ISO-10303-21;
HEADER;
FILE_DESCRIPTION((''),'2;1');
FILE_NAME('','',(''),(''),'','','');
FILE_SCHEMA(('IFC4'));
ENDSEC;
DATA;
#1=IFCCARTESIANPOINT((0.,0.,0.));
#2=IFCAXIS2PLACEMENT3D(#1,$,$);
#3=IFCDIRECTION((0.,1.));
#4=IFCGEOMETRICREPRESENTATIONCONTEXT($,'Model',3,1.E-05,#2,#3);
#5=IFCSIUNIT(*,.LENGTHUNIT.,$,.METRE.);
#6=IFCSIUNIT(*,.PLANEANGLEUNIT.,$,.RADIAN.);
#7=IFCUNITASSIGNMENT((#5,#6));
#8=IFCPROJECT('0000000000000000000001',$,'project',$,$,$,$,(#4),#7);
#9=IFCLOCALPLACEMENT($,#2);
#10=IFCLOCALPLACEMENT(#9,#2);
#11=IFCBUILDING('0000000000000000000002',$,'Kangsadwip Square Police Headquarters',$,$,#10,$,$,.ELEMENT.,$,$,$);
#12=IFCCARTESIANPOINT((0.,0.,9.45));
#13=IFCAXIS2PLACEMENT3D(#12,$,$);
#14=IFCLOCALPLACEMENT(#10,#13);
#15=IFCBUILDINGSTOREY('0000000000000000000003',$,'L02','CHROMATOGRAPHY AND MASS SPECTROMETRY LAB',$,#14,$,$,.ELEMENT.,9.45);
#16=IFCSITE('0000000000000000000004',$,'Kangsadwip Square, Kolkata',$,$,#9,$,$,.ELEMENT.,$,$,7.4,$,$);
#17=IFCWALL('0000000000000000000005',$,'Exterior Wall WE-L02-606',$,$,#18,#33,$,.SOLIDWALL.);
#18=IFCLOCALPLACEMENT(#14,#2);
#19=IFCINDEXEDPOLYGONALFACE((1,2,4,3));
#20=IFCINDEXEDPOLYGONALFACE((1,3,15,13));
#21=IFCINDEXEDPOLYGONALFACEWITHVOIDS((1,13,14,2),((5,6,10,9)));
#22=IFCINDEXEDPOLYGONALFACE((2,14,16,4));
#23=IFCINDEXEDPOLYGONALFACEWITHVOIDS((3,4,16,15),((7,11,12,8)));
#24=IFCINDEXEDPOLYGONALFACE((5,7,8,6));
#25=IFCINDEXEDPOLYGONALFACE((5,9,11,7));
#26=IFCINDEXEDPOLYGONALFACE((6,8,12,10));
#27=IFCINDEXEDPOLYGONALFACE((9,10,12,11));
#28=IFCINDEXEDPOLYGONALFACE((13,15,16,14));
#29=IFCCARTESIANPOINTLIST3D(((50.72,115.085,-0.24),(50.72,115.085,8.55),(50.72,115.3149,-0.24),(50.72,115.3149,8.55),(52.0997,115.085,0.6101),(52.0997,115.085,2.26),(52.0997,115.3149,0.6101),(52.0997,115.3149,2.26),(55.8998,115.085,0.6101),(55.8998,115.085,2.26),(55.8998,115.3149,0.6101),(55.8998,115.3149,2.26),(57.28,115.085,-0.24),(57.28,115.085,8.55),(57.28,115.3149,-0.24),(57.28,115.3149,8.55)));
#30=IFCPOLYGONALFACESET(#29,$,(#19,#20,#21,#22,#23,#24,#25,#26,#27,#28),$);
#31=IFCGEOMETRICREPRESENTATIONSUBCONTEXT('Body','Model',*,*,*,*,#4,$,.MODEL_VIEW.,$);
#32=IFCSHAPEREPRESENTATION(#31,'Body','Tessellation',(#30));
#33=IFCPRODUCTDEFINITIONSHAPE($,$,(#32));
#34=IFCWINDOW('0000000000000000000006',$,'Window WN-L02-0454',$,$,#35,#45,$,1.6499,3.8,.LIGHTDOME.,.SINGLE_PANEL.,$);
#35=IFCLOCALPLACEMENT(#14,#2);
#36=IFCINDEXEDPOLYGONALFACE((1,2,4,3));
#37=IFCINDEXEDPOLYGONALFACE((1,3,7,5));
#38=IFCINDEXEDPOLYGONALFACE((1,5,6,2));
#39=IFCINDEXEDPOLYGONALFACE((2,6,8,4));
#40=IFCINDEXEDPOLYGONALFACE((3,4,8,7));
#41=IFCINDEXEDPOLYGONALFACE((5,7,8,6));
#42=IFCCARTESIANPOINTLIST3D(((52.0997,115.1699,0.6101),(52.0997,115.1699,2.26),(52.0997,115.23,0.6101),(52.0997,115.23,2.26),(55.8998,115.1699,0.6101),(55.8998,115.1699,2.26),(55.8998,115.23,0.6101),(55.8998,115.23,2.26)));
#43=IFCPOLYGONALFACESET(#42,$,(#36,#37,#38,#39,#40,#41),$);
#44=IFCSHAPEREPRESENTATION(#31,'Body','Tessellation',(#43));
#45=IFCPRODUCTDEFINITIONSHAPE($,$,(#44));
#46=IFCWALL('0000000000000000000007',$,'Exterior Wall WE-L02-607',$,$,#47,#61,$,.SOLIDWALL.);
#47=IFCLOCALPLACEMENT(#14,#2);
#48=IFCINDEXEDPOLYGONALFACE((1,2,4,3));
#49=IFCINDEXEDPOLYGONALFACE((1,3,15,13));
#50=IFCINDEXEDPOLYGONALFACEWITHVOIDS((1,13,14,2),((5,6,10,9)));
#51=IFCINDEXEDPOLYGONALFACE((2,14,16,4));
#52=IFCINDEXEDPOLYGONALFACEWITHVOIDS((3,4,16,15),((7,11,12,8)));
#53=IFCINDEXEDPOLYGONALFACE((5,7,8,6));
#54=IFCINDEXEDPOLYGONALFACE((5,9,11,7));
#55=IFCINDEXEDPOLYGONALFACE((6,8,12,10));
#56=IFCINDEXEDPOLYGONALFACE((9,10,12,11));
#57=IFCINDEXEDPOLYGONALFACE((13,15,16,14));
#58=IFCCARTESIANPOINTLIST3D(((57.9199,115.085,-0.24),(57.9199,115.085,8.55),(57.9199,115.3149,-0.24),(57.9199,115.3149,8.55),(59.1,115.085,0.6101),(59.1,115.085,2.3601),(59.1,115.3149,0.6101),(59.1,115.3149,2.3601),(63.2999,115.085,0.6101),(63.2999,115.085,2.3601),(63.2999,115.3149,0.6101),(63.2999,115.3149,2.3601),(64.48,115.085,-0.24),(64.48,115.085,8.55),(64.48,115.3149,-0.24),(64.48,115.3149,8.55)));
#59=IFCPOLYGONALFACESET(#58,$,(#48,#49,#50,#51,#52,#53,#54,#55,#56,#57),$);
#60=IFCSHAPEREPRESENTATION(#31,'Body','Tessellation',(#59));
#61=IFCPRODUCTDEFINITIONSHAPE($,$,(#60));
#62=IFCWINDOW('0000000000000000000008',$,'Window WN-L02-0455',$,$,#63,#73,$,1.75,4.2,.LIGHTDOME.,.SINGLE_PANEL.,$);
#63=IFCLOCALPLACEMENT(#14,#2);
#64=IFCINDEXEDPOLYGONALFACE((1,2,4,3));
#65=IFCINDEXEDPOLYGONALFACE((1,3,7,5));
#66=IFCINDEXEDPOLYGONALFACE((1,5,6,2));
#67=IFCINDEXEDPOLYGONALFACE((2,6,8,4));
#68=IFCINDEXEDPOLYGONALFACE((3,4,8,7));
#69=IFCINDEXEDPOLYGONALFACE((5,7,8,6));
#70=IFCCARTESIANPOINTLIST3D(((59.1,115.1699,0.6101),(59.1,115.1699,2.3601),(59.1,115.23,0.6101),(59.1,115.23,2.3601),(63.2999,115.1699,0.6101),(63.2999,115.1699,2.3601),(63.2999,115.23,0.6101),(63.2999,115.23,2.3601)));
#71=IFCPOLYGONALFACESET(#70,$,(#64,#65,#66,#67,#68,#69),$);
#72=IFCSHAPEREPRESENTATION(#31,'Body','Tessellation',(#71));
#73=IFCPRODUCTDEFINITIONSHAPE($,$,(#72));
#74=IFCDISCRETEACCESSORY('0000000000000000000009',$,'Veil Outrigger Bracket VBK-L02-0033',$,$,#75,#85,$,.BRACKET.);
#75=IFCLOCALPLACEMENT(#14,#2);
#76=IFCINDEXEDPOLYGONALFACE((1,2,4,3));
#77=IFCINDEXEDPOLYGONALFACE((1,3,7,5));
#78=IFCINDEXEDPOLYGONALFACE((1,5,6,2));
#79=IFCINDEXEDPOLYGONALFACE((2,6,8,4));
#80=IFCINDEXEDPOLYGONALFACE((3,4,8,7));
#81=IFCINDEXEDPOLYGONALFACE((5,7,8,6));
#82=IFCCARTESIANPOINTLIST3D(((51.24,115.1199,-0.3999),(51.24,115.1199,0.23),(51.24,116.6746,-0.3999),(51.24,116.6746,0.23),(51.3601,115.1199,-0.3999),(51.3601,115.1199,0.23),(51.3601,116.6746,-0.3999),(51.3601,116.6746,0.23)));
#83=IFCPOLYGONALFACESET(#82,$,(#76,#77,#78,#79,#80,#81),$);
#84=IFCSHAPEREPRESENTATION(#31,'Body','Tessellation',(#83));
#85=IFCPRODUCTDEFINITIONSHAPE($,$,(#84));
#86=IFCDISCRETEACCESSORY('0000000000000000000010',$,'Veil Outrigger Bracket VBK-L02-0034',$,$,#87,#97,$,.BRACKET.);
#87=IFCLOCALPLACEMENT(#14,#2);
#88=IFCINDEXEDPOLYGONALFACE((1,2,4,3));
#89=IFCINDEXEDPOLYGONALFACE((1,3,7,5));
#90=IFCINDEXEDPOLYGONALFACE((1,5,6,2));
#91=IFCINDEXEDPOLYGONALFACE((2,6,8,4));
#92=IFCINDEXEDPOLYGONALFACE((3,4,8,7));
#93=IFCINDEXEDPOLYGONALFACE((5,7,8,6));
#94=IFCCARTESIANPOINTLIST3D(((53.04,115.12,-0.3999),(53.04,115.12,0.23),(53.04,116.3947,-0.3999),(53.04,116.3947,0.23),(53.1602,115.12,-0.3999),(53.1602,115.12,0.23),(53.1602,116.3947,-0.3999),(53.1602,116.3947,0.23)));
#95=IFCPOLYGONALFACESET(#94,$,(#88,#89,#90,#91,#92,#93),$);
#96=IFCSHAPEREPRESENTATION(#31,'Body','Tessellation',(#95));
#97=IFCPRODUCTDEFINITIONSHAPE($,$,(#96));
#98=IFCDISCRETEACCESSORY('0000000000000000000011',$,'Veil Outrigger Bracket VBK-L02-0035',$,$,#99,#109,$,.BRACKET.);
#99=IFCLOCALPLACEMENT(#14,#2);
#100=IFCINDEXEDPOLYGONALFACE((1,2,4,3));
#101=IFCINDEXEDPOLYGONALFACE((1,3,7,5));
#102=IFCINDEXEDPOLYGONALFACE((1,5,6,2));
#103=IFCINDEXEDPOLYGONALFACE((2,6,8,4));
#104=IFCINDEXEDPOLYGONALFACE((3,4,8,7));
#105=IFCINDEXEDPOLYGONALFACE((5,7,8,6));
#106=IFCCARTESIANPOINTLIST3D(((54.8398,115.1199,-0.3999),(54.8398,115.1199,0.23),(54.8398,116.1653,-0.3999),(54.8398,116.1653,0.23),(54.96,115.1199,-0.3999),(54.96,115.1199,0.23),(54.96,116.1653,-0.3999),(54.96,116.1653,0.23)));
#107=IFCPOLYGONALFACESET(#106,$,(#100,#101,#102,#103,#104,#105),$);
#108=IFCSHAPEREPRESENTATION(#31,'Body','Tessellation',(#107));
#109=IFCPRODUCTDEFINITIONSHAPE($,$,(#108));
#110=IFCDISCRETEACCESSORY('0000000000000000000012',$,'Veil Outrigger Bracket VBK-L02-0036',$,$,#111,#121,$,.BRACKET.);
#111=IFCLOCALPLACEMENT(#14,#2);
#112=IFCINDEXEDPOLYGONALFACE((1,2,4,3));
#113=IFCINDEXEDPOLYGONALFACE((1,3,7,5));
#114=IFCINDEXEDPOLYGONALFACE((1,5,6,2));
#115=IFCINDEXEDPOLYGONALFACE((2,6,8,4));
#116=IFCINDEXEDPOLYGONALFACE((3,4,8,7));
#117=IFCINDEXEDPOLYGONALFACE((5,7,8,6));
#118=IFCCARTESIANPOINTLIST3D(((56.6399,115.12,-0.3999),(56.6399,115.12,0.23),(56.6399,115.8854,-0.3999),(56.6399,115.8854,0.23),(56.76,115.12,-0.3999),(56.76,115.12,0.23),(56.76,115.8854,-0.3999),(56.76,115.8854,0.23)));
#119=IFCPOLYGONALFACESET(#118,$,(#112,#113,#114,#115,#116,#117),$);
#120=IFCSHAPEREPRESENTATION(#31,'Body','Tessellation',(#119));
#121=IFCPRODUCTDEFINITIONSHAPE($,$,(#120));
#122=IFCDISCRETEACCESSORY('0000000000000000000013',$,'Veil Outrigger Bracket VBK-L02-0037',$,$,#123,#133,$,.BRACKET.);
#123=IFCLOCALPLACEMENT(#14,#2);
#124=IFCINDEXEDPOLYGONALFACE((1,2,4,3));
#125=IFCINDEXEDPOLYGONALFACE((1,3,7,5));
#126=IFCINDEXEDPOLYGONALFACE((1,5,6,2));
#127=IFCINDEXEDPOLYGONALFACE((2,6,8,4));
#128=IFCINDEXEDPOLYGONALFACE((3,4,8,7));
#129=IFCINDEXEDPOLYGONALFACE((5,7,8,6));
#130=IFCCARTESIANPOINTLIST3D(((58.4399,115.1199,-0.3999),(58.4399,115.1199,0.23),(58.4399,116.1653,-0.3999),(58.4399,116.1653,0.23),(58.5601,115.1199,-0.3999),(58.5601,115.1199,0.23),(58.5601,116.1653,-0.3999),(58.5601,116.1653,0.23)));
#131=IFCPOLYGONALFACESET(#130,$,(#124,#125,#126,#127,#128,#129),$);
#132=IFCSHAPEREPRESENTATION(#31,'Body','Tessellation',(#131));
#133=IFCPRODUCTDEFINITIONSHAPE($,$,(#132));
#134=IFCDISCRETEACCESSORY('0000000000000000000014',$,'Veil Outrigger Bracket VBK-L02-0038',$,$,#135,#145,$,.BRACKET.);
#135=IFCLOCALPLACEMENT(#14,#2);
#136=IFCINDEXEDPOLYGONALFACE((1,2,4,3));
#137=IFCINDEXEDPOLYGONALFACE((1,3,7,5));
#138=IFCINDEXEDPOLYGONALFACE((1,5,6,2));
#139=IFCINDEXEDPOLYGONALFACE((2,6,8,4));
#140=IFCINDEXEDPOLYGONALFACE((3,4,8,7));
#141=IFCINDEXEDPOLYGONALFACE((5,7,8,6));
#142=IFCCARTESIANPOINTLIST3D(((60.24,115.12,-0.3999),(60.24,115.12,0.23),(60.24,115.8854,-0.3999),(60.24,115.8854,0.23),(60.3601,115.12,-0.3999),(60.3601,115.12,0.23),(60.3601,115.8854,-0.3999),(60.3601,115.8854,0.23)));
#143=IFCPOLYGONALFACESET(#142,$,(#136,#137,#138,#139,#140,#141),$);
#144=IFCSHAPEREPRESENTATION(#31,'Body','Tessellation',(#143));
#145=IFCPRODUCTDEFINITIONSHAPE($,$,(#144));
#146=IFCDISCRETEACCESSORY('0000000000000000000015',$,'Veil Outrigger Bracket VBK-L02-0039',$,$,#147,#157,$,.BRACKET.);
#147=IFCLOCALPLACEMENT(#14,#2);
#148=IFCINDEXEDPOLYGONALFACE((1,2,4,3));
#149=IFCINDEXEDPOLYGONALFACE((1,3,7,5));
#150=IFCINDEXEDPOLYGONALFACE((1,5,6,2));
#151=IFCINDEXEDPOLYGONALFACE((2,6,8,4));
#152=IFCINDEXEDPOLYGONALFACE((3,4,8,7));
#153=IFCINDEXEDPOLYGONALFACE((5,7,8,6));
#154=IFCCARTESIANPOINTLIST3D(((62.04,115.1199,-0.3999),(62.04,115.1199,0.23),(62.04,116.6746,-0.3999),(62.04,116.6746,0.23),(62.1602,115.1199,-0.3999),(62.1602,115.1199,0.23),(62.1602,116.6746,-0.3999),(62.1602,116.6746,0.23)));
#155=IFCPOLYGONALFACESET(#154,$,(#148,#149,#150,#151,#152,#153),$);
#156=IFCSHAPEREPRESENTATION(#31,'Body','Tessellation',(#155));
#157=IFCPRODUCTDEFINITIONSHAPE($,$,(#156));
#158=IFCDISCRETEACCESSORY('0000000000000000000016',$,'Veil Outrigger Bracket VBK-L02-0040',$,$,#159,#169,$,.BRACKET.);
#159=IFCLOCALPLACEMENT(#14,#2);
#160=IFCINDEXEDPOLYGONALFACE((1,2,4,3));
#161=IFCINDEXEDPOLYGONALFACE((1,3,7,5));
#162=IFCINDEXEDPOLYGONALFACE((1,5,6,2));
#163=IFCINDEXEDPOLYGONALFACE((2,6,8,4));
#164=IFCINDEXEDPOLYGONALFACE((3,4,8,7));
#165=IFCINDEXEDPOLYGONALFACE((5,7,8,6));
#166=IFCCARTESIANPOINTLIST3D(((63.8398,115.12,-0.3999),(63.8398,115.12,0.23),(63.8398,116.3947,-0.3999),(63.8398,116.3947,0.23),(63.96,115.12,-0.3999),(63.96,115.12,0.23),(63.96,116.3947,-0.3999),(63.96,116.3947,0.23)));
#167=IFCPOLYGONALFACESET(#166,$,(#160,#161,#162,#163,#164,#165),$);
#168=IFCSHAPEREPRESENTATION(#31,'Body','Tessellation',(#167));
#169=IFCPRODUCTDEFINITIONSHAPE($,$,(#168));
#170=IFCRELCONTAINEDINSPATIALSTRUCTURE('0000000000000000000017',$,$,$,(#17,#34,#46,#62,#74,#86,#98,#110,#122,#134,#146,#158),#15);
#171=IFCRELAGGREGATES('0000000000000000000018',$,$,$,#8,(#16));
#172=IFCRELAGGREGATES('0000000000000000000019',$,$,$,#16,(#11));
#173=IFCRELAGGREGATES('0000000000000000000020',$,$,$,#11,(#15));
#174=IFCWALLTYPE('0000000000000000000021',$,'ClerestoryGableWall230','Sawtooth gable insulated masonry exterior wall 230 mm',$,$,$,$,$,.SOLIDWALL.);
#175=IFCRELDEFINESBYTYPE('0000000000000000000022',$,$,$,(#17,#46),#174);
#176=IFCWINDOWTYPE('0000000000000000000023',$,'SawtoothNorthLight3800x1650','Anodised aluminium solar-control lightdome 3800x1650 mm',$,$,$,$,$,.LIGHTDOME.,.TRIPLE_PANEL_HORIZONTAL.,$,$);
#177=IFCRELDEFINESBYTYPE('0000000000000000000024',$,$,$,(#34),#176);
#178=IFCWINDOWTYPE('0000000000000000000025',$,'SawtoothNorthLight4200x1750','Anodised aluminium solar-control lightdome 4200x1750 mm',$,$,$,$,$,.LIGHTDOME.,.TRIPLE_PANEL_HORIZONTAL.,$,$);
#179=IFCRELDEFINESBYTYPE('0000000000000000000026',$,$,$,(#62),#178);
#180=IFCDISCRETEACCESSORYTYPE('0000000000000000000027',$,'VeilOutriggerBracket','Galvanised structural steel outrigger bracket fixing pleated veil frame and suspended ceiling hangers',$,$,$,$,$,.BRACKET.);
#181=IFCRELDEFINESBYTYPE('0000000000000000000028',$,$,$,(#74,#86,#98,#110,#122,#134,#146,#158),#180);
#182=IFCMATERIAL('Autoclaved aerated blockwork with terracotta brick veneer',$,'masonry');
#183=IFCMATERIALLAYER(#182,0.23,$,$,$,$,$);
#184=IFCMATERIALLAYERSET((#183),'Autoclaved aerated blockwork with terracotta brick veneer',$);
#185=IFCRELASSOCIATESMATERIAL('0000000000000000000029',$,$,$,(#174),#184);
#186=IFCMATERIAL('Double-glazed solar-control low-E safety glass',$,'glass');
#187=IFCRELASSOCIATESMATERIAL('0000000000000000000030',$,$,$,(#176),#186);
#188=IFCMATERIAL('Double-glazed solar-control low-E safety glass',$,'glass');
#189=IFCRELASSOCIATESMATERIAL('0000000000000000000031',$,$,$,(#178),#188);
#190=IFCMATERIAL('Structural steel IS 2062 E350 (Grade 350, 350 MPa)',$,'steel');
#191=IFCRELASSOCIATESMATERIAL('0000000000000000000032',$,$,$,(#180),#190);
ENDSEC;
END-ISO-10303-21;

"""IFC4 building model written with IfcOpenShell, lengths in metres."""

from ifc_helpers import new_model, si_unit, direction, frame, frame_2d, origin, origin_2d, place, context, subcontext, project, spatial, rectangle, extrude, material, layer, layer_set, type_object, element, fill, save


model = new_model("IFC4")

# Units and contexts
model_context = context("Model", 3, precision=1e-05, world=origin(), true_north=direction((0.0, 1.0)))
body_context = subcontext(model_context, "Body", "Model", "MODEL_VIEW")
ifc_project = project(units=[si_unit("LENGTHUNIT", "METRE"), si_unit("PLANEANGLEUNIT", "RADIAN")], contexts=[model_context])

# Site, building, storey
site_placement = place(None, origin())
site = spatial("IfcSite", under=ifc_project, at=site_placement, Name="Kangsadwip Square, Kolkata", CompositionType="ELEMENT", RefElevation=7.4)
building_placement = place(site_placement, origin())
building = spatial("IfcBuilding", under=site, at=building_placement, Name="Kangsadwip Square Police Headquarters", CompositionType="ELEMENT")
storey_placement = place(building_placement, frame((0.0, 0.0, 9.45)))
storey = spatial("IfcBuildingStorey", under=building, at=storey_placement, Name="L02", Description="CHROMATOGRAPHY AND MASS SPECTROMETRY LAB", CompositionType="ELEMENT", Elevation=9.45)

# Walls, openings, windows
ifc_material_1 = material(Name="Autoclaved aerated blockwork with terracotta brick veneer", Category="masonry")
ifc_layer_1 = layer(ifc_material_1, 0.23)
ifc_layer_set_1 = layer_set([ifc_layer_1], Name="Autoclaved aerated blockwork with terracotta brick veneer")
wall_type = type_object("IfcWallType", Name="ClerestoryGableWall230", Description="Sawtooth gable insulated masonry exterior wall 230 mm", PredefinedType="SOLIDWALL", material=ifc_layer_set_1)
wall_1_placement = place(storey_placement, frame((50.72, 115.2, -0.24), z_axis=(0.0, 0.0, 1.0), x_axis=(1.0, 0.0, 0.0)))
wall_1 = element("IfcWall", 1, at=wall_1_placement, inside=storey, type_object=wall_type, Name="Exterior Wall WE-L02-606", PredefinedType="SOLIDWALL", context=body_context, shape_type="SweptSolid", body=[
    extrude(rectangle(XDim=6.5601, YDim=0.23, at=frame_2d((3.28, 0.0))), origin(), (0.0, 0.0, 1.0), 8.79),
])
opening_1_placement = place(wall_1_placement, frame((1.3799, 0.0, 0.8501)))
opening_1 = element("IfcOpeningElement", 2, at=opening_1_placement, cuts=wall_1, PredefinedType="OPENING", context=body_context, shape_type="SweptSolid", body=[
    extrude(rectangle(XDim=3.8, YDim=1.6499, at=frame_2d((1.8999, 0.825))), frame((0.0, 0.125, 0.0), z_axis=(0.0, -1.0, 0.0), x_axis=(1.0, 0.0, 0.0)), (0.0, 0.0, 1.0), 0.25),
])
ifc_material_2 = material(Name="Double-glazed solar-control low-E safety glass", Category="glass")
window_type_1 = type_object("IfcWindowType", Name="SawtoothNorthLight3800x1650", Description="Anodised aluminium solar-control lightdome 3800x1650 mm", PartitioningType="TRIPLE_PANEL_HORIZONTAL", PredefinedType="LIGHTDOME", material=ifc_material_2)
window_1_placement = place(opening_1_placement, origin())
window_1 = element("IfcWindow", 3, at=window_1_placement, inside=storey, type_object=window_type_1, Name="Window WN-L02-0454", OverallHeight=1.6499, OverallWidth=3.8, PartitioningType="SINGLE_PANEL", PredefinedType="LIGHTDOME", context=body_context, shape_type="SweptSolid", body=[
    extrude(rectangle(XDim=3.8, YDim=1.6499, at=frame_2d((1.8999, 0.825))), frame((0.0, 0.03, 0.0), z_axis=(0.0, -1.0, 0.0), x_axis=(1.0, 0.0, 0.0)), (0.0, 0.0, 1.0), 0.0601),
])
fill(opening_1, window_1)
wall_2_placement = place(storey_placement, frame((57.9199, 115.2, -0.24), z_axis=(0.0, 0.0, 1.0), x_axis=(1.0, 0.0, 0.0)))
wall_2 = element("IfcWall", 4, at=wall_2_placement, inside=storey, type_object=wall_type, Name="Exterior Wall WE-L02-607", PredefinedType="SOLIDWALL", context=body_context, shape_type="SweptSolid", body=[
    extrude(rectangle(XDim=6.5601, YDim=0.23, at=frame_2d((3.28, 0.0))), origin(), (0.0, 0.0, 1.0), 8.79),
])
opening_2_placement = place(wall_2_placement, frame((1.1799, 0.0, 0.8501)))
opening_2 = element("IfcOpeningElement", 5, at=opening_2_placement, cuts=wall_2, PredefinedType="OPENING", context=body_context, shape_type="SweptSolid", body=[
    extrude(rectangle(XDim=4.2, YDim=1.75, at=frame_2d((2.1001, 0.875))), frame((0.0, 0.125, 0.0), z_axis=(0.0, -1.0, 0.0), x_axis=(1.0, 0.0, 0.0)), (0.0, 0.0, 1.0), 0.25),
])
ifc_material_3 = material(Name="Double-glazed solar-control low-E safety glass", Category="glass")
window_type_2 = type_object("IfcWindowType", Name="SawtoothNorthLight4200x1750", Description="Anodised aluminium solar-control lightdome 4200x1750 mm", PartitioningType="TRIPLE_PANEL_HORIZONTAL", PredefinedType="LIGHTDOME", material=ifc_material_3)
window_2_placement = place(opening_2_placement, origin())
window_2 = element("IfcWindow", 6, at=window_2_placement, inside=storey, type_object=window_type_2, Name="Window WN-L02-0455", OverallHeight=1.75, OverallWidth=4.2, PartitioningType="SINGLE_PANEL", PredefinedType="LIGHTDOME", context=body_context, shape_type="SweptSolid", body=[
    extrude(rectangle(XDim=4.2, YDim=1.75, at=frame_2d((2.1001, 0.875))), frame((0.0, 0.03, 0.0), z_axis=(0.0, -1.0, 0.0), x_axis=(1.0, 0.0, 0.0)), (0.0, 0.0, 1.0), 0.0601),
])
fill(opening_2, window_2)

# Discrete accessories
ifc_material_4 = material(Name="Structural steel IS 2062 E350 (Grade 350, 350 MPa)", Category="steel")
discrete_accessory_type = type_object("IfcDiscreteAccessoryType", Name="VeilOutriggerBracket", Description="Galvanised structural steel outrigger bracket fixing pleated veil frame and suspended ceiling hangers", PredefinedType="BRACKET", material=ifc_material_4)
discrete_accessory_1_placement = place(storey_placement, frame((51.3, 115.8972, -0.3999), z_axis=(0.0, 0.0, 1.0), x_axis=(1.0, 0.0, 0.0)))
element("IfcDiscreteAccessory", 7, at=discrete_accessory_1_placement, inside=storey, type_object=discrete_accessory_type, Name="Veil Outrigger Bracket VBK-L02-0033", PredefinedType="BRACKET", context=body_context, shape_type="SweptSolid", body=[
    extrude(rectangle(XDim=0.1201, YDim=1.5547, at=origin_2d()), origin(), (0.0, 0.0, 1.0), 0.6299),
])
discrete_accessory_2_placement = place(storey_placement, frame((53.1001, 115.7573, -0.3999), z_axis=(0.0, 0.0, 1.0), x_axis=(1.0, 0.0, 0.0)))
element("IfcDiscreteAccessory", 8, at=discrete_accessory_2_placement, inside=storey, type_object=discrete_accessory_type, Name="Veil Outrigger Bracket VBK-L02-0034", PredefinedType="BRACKET", context=body_context, shape_type="SweptSolid", body=[
    extrude(rectangle(XDim=0.1201, YDim=1.2747, at=origin_2d()), origin(), (0.0, 0.0, 1.0), 0.6299),
])
discrete_accessory_3_placement = place(storey_placement, frame((54.8999, 115.6426, -0.3999), z_axis=(0.0, 0.0, 1.0), x_axis=(1.0, 0.0, 0.0)))
element("IfcDiscreteAccessory", 9, at=discrete_accessory_3_placement, inside=storey, type_object=discrete_accessory_type, Name="Veil Outrigger Bracket VBK-L02-0035", PredefinedType="BRACKET", context=body_context, shape_type="SweptSolid", body=[
    extrude(rectangle(XDim=0.1201, YDim=1.0454, at=origin_2d()), origin(), (0.0, 0.0, 1.0), 0.6299),
])
discrete_accessory_4_placement = place(storey_placement, frame((56.7, 115.5027, -0.3999), z_axis=(0.0, 0.0, 1.0), x_axis=(1.0, 0.0, 0.0)))
element("IfcDiscreteAccessory", 10, at=discrete_accessory_4_placement, inside=storey, type_object=discrete_accessory_type, Name="Veil Outrigger Bracket VBK-L02-0036", PredefinedType="BRACKET", context=body_context, shape_type="SweptSolid", body=[
    extrude(rectangle(XDim=0.1201, YDim=0.7654, at=origin_2d()), origin(), (0.0, 0.0, 1.0), 0.6299),
])
discrete_accessory_5_placement = place(storey_placement, frame((58.5, 115.6426, -0.3999), z_axis=(0.0, 0.0, 1.0), x_axis=(1.0, 0.0, 0.0)))
element("IfcDiscreteAccessory", 11, at=discrete_accessory_5_placement, inside=storey, type_object=discrete_accessory_type, Name="Veil Outrigger Bracket VBK-L02-0037", PredefinedType="BRACKET", context=body_context, shape_type="SweptSolid", body=[
    extrude(rectangle(XDim=0.1201, YDim=1.0454, at=origin_2d()), origin(), (0.0, 0.0, 1.0), 0.6299),
])
discrete_accessory_6_placement = place(storey_placement, frame((60.3, 115.5027, -0.3999), z_axis=(0.0, 0.0, 1.0), x_axis=(1.0, 0.0, 0.0)))
element("IfcDiscreteAccessory", 12, at=discrete_accessory_6_placement, inside=storey, type_object=discrete_accessory_type, Name="Veil Outrigger Bracket VBK-L02-0038", PredefinedType="BRACKET", context=body_context, shape_type="SweptSolid", body=[
    extrude(rectangle(XDim=0.1201, YDim=0.7654, at=origin_2d()), origin(), (0.0, 0.0, 1.0), 0.6299),
])
discrete_accessory_7_placement = place(storey_placement, frame((62.1001, 115.8972, -0.3999), z_axis=(0.0, 0.0, 1.0), x_axis=(1.0, 0.0, 0.0)))
element("IfcDiscreteAccessory", 13, at=discrete_accessory_7_placement, inside=storey, type_object=discrete_accessory_type, Name="Veil Outrigger Bracket VBK-L02-0039", PredefinedType="BRACKET", context=body_context, shape_type="SweptSolid", body=[
    extrude(rectangle(XDim=0.1201, YDim=1.5547, at=origin_2d()), origin(), (0.0, 0.0, 1.0), 0.6299),
])
discrete_accessory_8_placement = place(storey_placement, frame((63.8999, 115.7573, -0.3999), z_axis=(0.0, 0.0, 1.0), x_axis=(1.0, 0.0, 0.0)))
element("IfcDiscreteAccessory", 14, at=discrete_accessory_8_placement, inside=storey, type_object=discrete_accessory_type, Name="Veil Outrigger Bracket VBK-L02-0040", PredefinedType="BRACKET", context=body_context, shape_type="SweptSolid", body=[
    extrude(rectangle(XDim=0.1201, YDim=1.2747, at=origin_2d()), origin(), (0.0, 0.0, 1.0), 0.6299),
])

save(model, "model.ifc")
